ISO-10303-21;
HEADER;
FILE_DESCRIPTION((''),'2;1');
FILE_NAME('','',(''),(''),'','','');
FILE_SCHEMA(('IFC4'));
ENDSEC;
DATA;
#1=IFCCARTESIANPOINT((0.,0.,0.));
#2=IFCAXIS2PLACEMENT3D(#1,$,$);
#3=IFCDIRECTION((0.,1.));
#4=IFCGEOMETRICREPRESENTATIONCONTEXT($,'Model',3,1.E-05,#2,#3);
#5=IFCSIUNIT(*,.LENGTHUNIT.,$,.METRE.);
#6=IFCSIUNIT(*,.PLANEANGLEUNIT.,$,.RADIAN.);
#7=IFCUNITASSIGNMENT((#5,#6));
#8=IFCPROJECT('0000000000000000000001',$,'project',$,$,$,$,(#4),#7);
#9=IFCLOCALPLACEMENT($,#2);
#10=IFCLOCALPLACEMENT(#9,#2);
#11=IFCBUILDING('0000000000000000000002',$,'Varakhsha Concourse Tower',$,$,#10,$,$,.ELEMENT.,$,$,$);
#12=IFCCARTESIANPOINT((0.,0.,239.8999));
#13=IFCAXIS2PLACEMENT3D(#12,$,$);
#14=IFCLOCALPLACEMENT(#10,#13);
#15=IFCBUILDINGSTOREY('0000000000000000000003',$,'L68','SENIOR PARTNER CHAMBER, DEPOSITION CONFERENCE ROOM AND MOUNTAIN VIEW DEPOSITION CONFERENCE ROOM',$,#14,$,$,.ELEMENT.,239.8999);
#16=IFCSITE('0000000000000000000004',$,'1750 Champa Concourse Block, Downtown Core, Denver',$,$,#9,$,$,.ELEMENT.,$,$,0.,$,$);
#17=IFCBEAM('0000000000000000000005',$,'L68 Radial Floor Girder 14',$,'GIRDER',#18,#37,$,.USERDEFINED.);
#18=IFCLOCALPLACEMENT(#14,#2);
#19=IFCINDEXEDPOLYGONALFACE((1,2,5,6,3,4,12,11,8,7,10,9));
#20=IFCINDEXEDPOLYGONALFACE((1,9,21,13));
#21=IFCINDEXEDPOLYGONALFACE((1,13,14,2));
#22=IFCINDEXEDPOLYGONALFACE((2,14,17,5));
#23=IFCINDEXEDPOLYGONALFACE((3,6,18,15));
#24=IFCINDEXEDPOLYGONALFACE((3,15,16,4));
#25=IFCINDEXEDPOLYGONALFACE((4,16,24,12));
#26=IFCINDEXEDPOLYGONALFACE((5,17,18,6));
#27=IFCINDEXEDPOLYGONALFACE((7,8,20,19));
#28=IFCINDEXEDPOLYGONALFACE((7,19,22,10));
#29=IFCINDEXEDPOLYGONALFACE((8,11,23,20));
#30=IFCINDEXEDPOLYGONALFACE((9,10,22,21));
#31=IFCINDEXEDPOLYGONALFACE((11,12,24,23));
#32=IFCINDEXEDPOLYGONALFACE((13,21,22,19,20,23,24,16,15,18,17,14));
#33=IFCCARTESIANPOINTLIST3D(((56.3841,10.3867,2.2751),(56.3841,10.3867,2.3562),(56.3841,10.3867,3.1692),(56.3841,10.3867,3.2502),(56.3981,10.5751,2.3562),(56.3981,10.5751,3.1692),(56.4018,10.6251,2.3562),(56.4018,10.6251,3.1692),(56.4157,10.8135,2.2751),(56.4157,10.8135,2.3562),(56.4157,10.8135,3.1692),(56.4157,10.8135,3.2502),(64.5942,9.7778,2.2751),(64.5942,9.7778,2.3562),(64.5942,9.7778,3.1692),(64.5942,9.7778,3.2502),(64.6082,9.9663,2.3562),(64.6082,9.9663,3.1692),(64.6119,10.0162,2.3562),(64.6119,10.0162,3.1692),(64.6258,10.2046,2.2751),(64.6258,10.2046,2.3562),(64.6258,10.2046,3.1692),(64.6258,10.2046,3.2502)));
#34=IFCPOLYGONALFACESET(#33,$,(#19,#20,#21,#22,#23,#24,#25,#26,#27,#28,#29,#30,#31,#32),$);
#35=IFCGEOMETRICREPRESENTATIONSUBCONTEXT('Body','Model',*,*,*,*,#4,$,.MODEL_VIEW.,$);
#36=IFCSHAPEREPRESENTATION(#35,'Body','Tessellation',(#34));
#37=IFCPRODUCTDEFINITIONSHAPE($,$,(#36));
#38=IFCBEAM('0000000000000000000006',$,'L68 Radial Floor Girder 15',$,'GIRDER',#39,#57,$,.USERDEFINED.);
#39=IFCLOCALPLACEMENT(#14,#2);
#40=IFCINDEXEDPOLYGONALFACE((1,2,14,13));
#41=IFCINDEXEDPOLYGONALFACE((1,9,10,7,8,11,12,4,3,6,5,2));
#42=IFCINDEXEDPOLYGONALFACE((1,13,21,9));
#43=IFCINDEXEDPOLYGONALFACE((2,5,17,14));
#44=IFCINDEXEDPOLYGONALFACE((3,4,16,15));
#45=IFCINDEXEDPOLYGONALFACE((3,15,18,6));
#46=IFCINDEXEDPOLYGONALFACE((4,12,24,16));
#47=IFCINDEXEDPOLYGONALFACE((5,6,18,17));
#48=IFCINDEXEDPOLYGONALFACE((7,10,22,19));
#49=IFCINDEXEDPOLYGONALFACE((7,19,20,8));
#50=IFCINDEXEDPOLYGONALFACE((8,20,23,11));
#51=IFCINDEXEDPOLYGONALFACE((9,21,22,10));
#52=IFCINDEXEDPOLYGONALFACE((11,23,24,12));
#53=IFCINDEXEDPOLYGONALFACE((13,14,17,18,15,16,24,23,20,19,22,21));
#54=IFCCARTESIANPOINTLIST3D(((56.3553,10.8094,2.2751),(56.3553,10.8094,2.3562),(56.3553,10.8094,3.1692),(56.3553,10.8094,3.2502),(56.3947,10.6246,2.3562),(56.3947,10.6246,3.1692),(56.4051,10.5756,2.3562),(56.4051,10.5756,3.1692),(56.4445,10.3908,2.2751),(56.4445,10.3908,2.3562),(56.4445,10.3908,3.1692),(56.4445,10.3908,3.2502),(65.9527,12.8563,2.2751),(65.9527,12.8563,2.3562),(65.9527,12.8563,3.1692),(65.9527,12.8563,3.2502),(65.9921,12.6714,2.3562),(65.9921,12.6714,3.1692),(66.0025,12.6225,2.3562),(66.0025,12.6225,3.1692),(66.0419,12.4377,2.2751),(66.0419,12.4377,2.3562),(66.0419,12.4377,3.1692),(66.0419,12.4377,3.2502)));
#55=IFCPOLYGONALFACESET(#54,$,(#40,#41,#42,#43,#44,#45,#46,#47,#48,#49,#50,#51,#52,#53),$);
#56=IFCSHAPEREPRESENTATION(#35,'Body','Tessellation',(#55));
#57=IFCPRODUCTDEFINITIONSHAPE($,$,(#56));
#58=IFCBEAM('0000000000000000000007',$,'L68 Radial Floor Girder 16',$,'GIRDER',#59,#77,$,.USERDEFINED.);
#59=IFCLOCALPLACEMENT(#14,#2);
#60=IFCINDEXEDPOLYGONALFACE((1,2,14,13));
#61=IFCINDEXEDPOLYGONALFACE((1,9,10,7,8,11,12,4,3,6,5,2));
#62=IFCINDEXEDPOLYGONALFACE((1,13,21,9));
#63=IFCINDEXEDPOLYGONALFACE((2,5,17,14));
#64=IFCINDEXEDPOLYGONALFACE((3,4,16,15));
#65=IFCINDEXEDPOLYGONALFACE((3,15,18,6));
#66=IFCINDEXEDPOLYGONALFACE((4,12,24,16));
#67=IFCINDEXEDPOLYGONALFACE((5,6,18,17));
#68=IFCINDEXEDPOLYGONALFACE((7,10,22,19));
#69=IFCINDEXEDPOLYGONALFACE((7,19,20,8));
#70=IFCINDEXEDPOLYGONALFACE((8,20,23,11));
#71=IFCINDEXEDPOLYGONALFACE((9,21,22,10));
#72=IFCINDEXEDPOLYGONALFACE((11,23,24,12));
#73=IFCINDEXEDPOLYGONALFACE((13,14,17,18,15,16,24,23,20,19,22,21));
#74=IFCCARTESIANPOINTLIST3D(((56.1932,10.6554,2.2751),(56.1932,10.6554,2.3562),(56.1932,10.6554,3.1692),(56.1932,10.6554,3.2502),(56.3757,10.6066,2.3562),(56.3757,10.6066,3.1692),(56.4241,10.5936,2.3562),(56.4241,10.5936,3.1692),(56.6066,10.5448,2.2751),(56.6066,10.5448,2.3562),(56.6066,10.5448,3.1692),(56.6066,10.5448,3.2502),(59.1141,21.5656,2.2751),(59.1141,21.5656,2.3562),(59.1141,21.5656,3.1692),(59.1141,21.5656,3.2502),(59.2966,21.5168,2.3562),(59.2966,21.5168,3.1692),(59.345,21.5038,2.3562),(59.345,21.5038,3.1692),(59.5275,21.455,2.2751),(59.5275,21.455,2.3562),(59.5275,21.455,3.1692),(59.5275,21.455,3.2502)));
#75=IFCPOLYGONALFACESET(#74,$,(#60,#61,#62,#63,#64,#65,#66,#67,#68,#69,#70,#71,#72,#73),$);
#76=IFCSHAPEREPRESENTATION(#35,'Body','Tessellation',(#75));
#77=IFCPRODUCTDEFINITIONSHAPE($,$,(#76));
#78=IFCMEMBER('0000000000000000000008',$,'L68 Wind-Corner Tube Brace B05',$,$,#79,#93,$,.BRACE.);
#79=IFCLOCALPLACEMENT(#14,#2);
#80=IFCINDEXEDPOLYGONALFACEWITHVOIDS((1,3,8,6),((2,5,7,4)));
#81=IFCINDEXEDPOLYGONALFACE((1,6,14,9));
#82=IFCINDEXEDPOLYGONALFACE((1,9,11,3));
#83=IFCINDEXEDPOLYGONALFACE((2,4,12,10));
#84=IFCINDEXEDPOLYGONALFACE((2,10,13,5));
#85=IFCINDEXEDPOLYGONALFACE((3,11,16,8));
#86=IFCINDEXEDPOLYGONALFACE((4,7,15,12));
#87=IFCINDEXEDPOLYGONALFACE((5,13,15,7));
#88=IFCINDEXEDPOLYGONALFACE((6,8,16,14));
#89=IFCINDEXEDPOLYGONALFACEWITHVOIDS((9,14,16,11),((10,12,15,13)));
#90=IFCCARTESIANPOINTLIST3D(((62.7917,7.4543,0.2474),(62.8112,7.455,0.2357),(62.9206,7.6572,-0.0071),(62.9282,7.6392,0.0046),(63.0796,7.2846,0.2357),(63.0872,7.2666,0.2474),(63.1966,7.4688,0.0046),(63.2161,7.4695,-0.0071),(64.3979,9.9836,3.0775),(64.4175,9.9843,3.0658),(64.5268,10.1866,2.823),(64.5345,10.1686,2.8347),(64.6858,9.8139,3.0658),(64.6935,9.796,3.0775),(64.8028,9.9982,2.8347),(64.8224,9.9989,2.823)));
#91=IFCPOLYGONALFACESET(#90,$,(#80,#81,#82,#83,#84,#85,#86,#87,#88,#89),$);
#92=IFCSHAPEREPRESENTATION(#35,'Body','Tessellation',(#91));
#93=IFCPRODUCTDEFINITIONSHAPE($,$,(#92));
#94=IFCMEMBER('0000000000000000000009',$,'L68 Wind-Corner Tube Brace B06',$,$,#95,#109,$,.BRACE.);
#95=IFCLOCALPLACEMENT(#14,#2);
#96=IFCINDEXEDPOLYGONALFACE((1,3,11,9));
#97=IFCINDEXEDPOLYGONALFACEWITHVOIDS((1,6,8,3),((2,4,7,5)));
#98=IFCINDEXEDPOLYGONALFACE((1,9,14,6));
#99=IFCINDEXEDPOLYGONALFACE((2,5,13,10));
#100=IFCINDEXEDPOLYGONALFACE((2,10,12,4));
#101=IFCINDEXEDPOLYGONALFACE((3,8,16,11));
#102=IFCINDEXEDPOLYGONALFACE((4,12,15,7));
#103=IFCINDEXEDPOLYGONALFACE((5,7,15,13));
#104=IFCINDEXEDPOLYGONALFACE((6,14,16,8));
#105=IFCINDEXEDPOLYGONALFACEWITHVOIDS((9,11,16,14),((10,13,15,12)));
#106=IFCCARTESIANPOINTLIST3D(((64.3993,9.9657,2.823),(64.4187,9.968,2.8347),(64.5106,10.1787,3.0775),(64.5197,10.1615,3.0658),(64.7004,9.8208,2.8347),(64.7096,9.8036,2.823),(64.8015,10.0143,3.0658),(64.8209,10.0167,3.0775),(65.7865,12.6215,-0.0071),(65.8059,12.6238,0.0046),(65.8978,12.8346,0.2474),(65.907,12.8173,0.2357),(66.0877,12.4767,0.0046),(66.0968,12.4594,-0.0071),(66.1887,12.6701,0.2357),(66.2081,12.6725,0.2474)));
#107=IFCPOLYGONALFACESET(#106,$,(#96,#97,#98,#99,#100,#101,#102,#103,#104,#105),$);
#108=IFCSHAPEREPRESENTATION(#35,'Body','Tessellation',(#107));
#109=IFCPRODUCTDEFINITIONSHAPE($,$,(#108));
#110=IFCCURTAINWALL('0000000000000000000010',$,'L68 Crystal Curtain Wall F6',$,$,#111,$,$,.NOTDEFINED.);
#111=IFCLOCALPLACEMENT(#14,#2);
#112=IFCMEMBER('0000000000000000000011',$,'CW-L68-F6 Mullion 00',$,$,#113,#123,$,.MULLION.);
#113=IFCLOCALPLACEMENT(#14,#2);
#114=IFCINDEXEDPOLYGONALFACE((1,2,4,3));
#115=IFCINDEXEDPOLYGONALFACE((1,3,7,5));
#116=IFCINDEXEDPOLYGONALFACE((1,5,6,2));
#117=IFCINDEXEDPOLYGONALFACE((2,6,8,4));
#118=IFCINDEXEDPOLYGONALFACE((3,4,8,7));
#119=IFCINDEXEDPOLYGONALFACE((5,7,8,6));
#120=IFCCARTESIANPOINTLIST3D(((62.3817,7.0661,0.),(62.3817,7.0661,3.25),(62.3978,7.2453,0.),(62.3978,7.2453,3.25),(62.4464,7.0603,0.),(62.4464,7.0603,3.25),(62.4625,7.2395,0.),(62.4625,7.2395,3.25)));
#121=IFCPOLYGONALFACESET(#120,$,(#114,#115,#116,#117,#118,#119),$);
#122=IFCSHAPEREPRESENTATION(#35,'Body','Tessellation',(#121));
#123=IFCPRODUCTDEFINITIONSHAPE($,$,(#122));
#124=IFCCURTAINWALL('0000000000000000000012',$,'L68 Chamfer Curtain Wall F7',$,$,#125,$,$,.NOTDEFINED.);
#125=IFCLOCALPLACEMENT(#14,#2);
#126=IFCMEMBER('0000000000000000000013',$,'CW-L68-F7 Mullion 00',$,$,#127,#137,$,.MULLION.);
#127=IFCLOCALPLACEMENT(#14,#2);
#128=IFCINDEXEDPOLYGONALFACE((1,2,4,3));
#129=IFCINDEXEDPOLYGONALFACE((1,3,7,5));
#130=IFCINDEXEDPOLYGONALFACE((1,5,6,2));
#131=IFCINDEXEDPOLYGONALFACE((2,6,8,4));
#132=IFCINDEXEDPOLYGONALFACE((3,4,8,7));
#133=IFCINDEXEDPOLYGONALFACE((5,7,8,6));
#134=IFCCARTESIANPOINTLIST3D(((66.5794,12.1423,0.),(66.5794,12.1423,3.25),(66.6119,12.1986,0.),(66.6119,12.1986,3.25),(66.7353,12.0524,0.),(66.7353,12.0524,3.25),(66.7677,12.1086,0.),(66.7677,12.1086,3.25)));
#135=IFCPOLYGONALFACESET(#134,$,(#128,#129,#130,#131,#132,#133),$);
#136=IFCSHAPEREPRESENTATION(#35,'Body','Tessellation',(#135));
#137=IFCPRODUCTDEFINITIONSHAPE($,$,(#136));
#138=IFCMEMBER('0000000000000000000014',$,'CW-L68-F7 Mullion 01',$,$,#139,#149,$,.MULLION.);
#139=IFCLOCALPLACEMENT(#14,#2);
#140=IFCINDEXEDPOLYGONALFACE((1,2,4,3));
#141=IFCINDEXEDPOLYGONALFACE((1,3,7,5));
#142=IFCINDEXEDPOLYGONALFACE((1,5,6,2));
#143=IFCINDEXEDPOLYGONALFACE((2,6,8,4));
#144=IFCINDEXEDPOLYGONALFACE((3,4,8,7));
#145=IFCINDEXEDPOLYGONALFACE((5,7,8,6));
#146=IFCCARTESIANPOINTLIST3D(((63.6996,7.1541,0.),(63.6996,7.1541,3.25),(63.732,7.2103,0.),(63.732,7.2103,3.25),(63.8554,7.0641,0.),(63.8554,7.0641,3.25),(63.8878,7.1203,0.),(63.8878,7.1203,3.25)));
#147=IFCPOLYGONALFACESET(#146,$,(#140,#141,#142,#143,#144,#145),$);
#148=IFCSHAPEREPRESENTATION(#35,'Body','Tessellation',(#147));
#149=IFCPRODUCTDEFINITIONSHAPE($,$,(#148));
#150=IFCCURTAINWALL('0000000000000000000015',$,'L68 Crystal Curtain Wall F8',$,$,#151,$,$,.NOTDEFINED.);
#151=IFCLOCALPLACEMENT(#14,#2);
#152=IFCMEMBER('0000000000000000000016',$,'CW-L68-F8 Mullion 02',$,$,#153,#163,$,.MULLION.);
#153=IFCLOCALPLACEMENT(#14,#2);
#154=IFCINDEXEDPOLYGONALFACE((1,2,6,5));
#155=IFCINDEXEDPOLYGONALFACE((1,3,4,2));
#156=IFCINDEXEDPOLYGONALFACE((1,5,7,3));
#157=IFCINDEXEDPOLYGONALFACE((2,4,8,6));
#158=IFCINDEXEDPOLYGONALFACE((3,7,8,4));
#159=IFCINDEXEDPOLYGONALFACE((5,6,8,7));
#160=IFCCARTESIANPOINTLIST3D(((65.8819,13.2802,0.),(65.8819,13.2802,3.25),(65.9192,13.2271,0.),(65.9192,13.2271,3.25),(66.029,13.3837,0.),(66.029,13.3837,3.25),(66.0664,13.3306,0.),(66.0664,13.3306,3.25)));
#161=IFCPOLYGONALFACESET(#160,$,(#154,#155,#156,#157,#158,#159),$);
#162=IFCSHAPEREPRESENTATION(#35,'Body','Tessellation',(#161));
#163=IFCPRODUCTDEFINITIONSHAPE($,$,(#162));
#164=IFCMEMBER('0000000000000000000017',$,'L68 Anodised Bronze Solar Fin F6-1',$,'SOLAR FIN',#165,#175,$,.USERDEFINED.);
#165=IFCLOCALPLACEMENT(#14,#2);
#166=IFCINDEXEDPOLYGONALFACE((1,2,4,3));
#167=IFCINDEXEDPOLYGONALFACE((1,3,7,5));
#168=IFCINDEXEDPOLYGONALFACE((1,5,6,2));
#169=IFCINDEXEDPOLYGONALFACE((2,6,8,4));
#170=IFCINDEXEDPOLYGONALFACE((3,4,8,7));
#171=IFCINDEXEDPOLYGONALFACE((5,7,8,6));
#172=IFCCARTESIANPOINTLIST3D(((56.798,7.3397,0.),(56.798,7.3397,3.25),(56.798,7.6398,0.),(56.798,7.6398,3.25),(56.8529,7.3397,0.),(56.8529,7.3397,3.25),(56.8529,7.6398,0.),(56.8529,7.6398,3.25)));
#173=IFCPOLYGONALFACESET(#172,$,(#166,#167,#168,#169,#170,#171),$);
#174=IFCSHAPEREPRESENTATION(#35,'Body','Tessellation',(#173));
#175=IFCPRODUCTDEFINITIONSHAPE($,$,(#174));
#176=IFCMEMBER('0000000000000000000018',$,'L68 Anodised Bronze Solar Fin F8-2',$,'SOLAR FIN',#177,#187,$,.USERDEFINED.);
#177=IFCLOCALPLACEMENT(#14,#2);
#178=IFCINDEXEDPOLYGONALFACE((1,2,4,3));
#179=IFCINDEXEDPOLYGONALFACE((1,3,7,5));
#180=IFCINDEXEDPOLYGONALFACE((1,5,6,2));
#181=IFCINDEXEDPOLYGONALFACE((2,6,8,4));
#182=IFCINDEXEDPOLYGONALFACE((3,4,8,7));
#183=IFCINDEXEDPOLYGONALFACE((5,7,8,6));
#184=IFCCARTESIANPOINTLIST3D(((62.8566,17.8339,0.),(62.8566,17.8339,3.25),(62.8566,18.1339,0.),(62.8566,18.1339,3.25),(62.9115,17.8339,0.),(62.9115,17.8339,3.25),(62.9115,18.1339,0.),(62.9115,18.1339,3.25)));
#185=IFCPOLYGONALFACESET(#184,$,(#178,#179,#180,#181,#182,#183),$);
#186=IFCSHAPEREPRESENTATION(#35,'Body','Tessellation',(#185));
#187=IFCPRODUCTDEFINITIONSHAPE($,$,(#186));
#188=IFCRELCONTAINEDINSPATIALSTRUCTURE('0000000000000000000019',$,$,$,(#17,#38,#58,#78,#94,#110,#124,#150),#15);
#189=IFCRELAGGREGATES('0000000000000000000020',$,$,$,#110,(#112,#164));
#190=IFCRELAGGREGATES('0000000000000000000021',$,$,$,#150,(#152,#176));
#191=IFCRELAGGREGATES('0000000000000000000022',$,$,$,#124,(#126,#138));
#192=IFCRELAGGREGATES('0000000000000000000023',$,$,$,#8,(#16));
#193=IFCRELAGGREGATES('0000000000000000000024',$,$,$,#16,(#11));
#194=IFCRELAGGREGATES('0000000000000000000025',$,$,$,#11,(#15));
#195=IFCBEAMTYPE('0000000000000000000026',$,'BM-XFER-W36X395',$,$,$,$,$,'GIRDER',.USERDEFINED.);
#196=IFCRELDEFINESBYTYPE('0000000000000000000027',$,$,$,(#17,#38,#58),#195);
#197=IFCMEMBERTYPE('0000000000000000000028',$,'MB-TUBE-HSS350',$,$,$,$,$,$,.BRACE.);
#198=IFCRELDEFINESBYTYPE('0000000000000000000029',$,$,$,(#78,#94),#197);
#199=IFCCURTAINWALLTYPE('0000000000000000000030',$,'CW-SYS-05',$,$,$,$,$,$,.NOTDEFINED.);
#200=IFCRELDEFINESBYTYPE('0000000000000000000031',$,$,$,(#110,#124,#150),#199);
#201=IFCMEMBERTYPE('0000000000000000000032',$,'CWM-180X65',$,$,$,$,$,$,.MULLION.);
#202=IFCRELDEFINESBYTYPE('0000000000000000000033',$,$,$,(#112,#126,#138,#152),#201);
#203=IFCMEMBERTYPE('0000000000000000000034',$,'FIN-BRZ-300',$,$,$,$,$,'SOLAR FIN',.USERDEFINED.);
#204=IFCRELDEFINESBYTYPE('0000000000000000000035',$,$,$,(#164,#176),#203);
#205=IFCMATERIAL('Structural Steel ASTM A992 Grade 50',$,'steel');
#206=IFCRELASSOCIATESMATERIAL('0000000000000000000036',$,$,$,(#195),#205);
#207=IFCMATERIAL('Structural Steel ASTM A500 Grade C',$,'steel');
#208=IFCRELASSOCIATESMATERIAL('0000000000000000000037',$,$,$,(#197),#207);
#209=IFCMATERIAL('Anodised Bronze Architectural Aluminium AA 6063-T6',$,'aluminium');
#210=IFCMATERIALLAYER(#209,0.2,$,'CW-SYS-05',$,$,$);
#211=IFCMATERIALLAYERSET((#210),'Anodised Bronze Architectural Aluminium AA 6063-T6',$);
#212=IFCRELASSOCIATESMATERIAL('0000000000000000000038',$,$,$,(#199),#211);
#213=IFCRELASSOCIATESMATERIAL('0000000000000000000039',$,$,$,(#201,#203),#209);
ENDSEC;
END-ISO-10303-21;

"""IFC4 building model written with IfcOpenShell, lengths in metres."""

from ifc_helpers import new_model, si_unit, direction, frame, origin, origin_2d, place, context, subcontext, project, spatial, rectangle, hollow_rectangle, i_section, extrude, source, transform, mapped, material, layer, layer_set, material_profile, profile_set, type_object, type_shapes, element, aggregate, save


model = new_model("IFC4")

# Units and contexts
model_context = context("Model", 3, precision=1e-05, world=origin(), true_north=direction((0.0, 1.0)))
body_context = subcontext(model_context, "Body", "Model", "MODEL_VIEW")
ifc_project = project(units=[si_unit("LENGTHUNIT", "METRE"), si_unit("PLANEANGLEUNIT", "RADIAN")], contexts=[model_context])

# Site, building, storey
site_placement = place(None, origin())
site = spatial("IfcSite", under=ifc_project, at=site_placement, Name="1750 Champa Concourse Block, Downtown Core, Denver", CompositionType="ELEMENT", RefElevation=0.0)
building_placement = place(site_placement, origin())
building = spatial("IfcBuilding", under=site, at=building_placement, Name="Varakhsha Concourse Tower", CompositionType="ELEMENT")
storey_placement = place(building_placement, frame((0.0, 0.0, 239.8999)))
storey = spatial("IfcBuildingStorey", under=building, at=storey_placement, Name="L68", Description="SENIOR PARTNER CHAMBER, DEPOSITION CONFERENCE ROOM AND MOUNTAIN VIEW DEPOSITION CONFERENCE ROOM", CompositionType="ELEMENT", Elevation=239.8999)

# Beams
ifc_material_1 = material(Name="Structural Steel ASTM A992 Grade 50", Category="steel")
ifc_material_profile_1 = material_profile(ifc_material_1, i_section(OverallWidth=0.428, OverallDepth=0.9751, WebThickness=0.05, FlangeThickness=0.0811, at=origin_2d()), Name="W36X395")
ifc_profile_set_1 = profile_set([ifc_material_profile_1], Name="Structural Steel ASTM A992 Grade 50")
beam_type_1 = type_object("IfcBeamType", Name="BM-XFER-W36X395", ElementType="GIRDER", PredefinedType="USERDEFINED", material=ifc_profile_set_1)
beam_1_placement = place(storey_placement, frame((56.3999, 10.6001, 2.7627), z_axis=(0.997261, -0.073959, 0.0), x_axis=(0.073959, 0.997261, 0.0)))
element("IfcBeam", 1, at=beam_1_placement, inside=storey, type_object=beam_type_1, Name="L68 Radial Floor Girder 14", ObjectType="GIRDER", PredefinedType="USERDEFINED", context=body_context, shape_type="SweptSolid", body=[
    extrude(i_section(OverallWidth=0.428, OverallDepth=0.9751, WebThickness=0.05, FlangeThickness=0.0811, at=origin_2d()), origin(), (0.0, 0.0, 1.0), 8.2327),
])
beam_2_placement = place(storey_placement, frame((56.3999, 10.6001, 2.7627), z_axis=(0.978005, 0.208583, 0.0), x_axis=(-0.208583, 0.978005, 0.0)))
element("IfcBeam", 2, at=beam_2_placement, inside=storey, type_object=beam_type_1, Name="L68 Radial Floor Girder 15", ObjectType="GIRDER", PredefinedType="USERDEFINED", context=body_context, shape_type="SweptSolid", body=[
    extrude(i_section(OverallWidth=0.428, OverallDepth=0.9751, WebThickness=0.05, FlangeThickness=0.0811, at=origin_2d()), origin(), (0.0, 0.0, 1.0), 9.8132),
])
beam_3_placement = place(storey_placement, frame((56.3999, 10.6001, 2.7627), z_axis=(0.258615, 0.96598, 0.0), x_axis=(-0.96598, 0.258615, 0.0)))
element("IfcBeam", 3, at=beam_3_placement, inside=storey, type_object=beam_type_1, Name="L68 Radial Floor Girder 16", ObjectType="GIRDER", PredefinedType="USERDEFINED", context=body_context, shape_type="SweptSolid", body=[
    extrude(i_section(OverallWidth=0.428, OverallDepth=0.9751, WebThickness=0.05, FlangeThickness=0.0811, at=origin_2d()), origin(), (0.0, 0.0, 1.0), 11.2944),
])

# Members
ifc_material_2 = material(Name="Structural Steel ASTM A500 Grade C", Category="steel")
ifc_material_profile_2 = material_profile(ifc_material_2, hollow_rectangle(XDim=0.3501, YDim=0.3501, WallThickness=0.0161, at=origin_2d()), Name="HSS 350x350x16")
ifc_profile_set_2 = profile_set([ifc_material_profile_2], Name="Structural Steel ASTM A500 Grade C")
member_type_1 = type_object("IfcMemberType", Name="MB-TUBE-HSS350", PredefinedType="BRACE", material=ifc_profile_set_2)
shared_shape_1 = source(origin(), body_context, "Body", "SweptSolid", [
    extrude(hollow_rectangle(XDim=0.3501, YDim=0.3501, WallThickness=0.0161, at=origin_2d()), origin(), (0.0, 0.0, 1.0), 4.1216),
])
type_shapes(member_type_1, [shared_shape_1])
for number, where, z_axis, x_axis, name in (
    (4, (63.0039, 7.4619, 0.1201), (0.389715, 0.613687, 0.686666), (-0.844168, 0.536079, 0.0), "L68 Wind-Corner Tube Brace B05"),
    (5, (65.9973, 12.647, 0.1201), (-0.336578, -0.644368, 0.686662), (0.886367, -0.462984, 0.0), "L68 Wind-Corner Tube Brace B06"),
):
    element("IfcMember", number, at=place(storey_placement, frame(where, z_axis=z_axis, x_axis=x_axis)), inside=storey, type_object=member_type_1, Name=name, PredefinedType="BRACE", context=body_context, shape_type="MappedRepresentation", body=[
        mapped(shared_shape_1, transform((0.0, 0.0, 0.0), scale=1.0)),
    ])

# Curtain wall, member
ifc_material_3 = material(Name="Anodised Bronze Architectural Aluminium AA 6063-T6", Category="aluminium")
ifc_layer_1 = layer(ifc_material_3, 0.2, Name="CW-SYS-05")
ifc_layer_set_1 = layer_set([ifc_layer_1], Name="Anodised Bronze Architectural Aluminium AA 6063-T6")
curtain_wall_type = type_object("IfcCurtainWallType", Name="CW-SYS-05", PredefinedType="NOTDEFINED", material=ifc_layer_set_1)
curtain_wall_1_placement = place(storey_placement, origin())
curtain_wall_1 = element("IfcCurtainWall", 6, at=curtain_wall_1_placement, inside=storey, type_object=curtain_wall_type, Name="L68 Crystal Curtain Wall F6", PredefinedType="NOTDEFINED")
ifc_material_profile_3 = material_profile(ifc_material_3, rectangle(XDim=0.0649, YDim=0.1799, at=origin_2d()), Name="CWM-180X65")
ifc_profile_set_3 = profile_set([ifc_material_profile_3], Name="Anodised Bronze Architectural Aluminium AA 6063-T6")
member_type_2 = type_object("IfcMemberType", Name="CWM-180X65", PredefinedType="MULLION", material=ifc_profile_set_3)
shared_shape_2 = source(origin(), body_context, "Body", "SweptSolid", [
    extrude(rectangle(XDim=0.0649, YDim=0.1799, at=origin_2d()), origin(), (0.0, 0.0, 1.0), 3.25),
])
type_shapes(member_type_2, [shared_shape_2])
member_1_placement = place(storey_placement, frame((62.4221, 7.1528, 0.0), z_axis=(0.0, 0.0, 1.0), x_axis=(-0.995993, 0.089433, 0.0)))
member_1 = element("IfcMember", 7, at=member_1_placement, type_object=member_type_2, Name="CW-L68-F6 Mullion 00", PredefinedType="MULLION", context=body_context, shape_type="MappedRepresentation", body=[
    mapped(shared_shape_2, transform((0.0, 0.0, 0.0), scale=1.0)),
])

# Curtain wall, members
curtain_wall_2_placement = place(storey_placement, origin())
curtain_wall_2 = element("IfcCurtainWall", 8, at=curtain_wall_2_placement, inside=storey, type_object=curtain_wall_type, Name="L68 Chamfer Curtain Wall F7", PredefinedType="NOTDEFINED")
member_2_placement = place(storey_placement, frame((66.6736, 12.1255, 0.0), z_axis=(0.0, 0.0, 1.0), x_axis=(-0.499992, -0.86603, 0.0)))
member_2 = element("IfcMember", 9, at=member_2_placement, type_object=member_type_2, Name="CW-L68-F7 Mullion 00", PredefinedType="MULLION", context=body_context, shape_type="MappedRepresentation", body=[
    mapped(shared_shape_2, transform((0.0, 0.0, 0.0), scale=1.0)),
])
member_3_placement = place(storey_placement, frame((63.7937, 7.1372, 0.0), z_axis=(0.0, 0.0, 1.0), x_axis=(-0.499992, -0.86603, 0.0)))
member_3 = element("IfcMember", 10, at=member_3_placement, type_object=member_type_2, Name="CW-L68-F7 Mullion 01", PredefinedType="MULLION", context=body_context, shape_type="MappedRepresentation", body=[
    mapped(shared_shape_2, transform((0.0, 0.0, 0.0), scale=1.0)),
])

# Curtain wall, member
curtain_wall_3_placement = place(storey_placement, origin())
curtain_wall_3 = element("IfcCurtainWall", 11, at=curtain_wall_3_placement, inside=storey, type_object=curtain_wall_type, Name="L68 Crystal Curtain Wall F8", PredefinedType="NOTDEFINED")
member_4_placement = place(storey_placement, frame((65.9741, 13.3054, 0.0), z_axis=(0.0, 0.0, 1.0), x_axis=(0.575444, -0.817842, 0.0)))
member_4 = element("IfcMember", 12, at=member_4_placement, type_object=member_type_2, Name="CW-L68-F8 Mullion 02", PredefinedType="MULLION", context=body_context, shape_type="MappedRepresentation", body=[
    mapped(shared_shape_2, transform((0.0, 0.0, 0.0), scale=1.0)),
])

# Members
ifc_material_profile_4 = material_profile(ifc_material_3, rectangle(XDim=0.0549, YDim=0.3, at=origin_2d()), Name="FIN-BRZ-300")
ifc_profile_set_4 = profile_set([ifc_material_profile_4], Name="Anodised Bronze Architectural Aluminium AA 6063-T6")
member_type_3 = type_object("IfcMemberType", Name="FIN-BRZ-300", ElementType="SOLAR FIN", PredefinedType="USERDEFINED", material=ifc_profile_set_4)
shared_shape_3 = source(origin(), body_context, "Body", "SweptSolid", [
    extrude(rectangle(XDim=0.0549, YDim=0.3, at=origin_2d()), origin(), (0.0, 0.0, 1.0), 3.25),
])
type_shapes(member_type_3, [shared_shape_3])
member_5_placement = place(storey_placement, frame((56.8254, 7.4897, 0.0), z_axis=(0.0, 0.0, 1.0), x_axis=(1.0, 0.0, 0.0)))
member_5 = element("IfcMember", 13, at=member_5_placement, type_object=member_type_3, Name="L68 Anodised Bronze Solar Fin F6-1", ObjectType="SOLAR FIN", PredefinedType="USERDEFINED", context=body_context, shape_type="MappedRepresentation", body=[
    mapped(shared_shape_3, transform((0.0, 0.0, 0.0), scale=1.0)),
])
member_6_placement = place(storey_placement, frame((62.884, 17.9839, 0.0), z_axis=(0.0, 0.0, 1.0), x_axis=(1.0, 0.0, 0.0)))
member_6 = element("IfcMember", 14, at=member_6_placement, type_object=member_type_3, Name="L68 Anodised Bronze Solar Fin F8-2", ObjectType="SOLAR FIN", PredefinedType="USERDEFINED", context=body_context, shape_type="MappedRepresentation", body=[
    mapped(shared_shape_3, transform((0.0, 0.0, 0.0), scale=1.0)),
])

aggregate(curtain_wall_1, [member_1, member_5])
aggregate(curtain_wall_3, [member_4, member_6])
aggregate(curtain_wall_2, [member_2, member_3])

save(model, "model.ifc")
